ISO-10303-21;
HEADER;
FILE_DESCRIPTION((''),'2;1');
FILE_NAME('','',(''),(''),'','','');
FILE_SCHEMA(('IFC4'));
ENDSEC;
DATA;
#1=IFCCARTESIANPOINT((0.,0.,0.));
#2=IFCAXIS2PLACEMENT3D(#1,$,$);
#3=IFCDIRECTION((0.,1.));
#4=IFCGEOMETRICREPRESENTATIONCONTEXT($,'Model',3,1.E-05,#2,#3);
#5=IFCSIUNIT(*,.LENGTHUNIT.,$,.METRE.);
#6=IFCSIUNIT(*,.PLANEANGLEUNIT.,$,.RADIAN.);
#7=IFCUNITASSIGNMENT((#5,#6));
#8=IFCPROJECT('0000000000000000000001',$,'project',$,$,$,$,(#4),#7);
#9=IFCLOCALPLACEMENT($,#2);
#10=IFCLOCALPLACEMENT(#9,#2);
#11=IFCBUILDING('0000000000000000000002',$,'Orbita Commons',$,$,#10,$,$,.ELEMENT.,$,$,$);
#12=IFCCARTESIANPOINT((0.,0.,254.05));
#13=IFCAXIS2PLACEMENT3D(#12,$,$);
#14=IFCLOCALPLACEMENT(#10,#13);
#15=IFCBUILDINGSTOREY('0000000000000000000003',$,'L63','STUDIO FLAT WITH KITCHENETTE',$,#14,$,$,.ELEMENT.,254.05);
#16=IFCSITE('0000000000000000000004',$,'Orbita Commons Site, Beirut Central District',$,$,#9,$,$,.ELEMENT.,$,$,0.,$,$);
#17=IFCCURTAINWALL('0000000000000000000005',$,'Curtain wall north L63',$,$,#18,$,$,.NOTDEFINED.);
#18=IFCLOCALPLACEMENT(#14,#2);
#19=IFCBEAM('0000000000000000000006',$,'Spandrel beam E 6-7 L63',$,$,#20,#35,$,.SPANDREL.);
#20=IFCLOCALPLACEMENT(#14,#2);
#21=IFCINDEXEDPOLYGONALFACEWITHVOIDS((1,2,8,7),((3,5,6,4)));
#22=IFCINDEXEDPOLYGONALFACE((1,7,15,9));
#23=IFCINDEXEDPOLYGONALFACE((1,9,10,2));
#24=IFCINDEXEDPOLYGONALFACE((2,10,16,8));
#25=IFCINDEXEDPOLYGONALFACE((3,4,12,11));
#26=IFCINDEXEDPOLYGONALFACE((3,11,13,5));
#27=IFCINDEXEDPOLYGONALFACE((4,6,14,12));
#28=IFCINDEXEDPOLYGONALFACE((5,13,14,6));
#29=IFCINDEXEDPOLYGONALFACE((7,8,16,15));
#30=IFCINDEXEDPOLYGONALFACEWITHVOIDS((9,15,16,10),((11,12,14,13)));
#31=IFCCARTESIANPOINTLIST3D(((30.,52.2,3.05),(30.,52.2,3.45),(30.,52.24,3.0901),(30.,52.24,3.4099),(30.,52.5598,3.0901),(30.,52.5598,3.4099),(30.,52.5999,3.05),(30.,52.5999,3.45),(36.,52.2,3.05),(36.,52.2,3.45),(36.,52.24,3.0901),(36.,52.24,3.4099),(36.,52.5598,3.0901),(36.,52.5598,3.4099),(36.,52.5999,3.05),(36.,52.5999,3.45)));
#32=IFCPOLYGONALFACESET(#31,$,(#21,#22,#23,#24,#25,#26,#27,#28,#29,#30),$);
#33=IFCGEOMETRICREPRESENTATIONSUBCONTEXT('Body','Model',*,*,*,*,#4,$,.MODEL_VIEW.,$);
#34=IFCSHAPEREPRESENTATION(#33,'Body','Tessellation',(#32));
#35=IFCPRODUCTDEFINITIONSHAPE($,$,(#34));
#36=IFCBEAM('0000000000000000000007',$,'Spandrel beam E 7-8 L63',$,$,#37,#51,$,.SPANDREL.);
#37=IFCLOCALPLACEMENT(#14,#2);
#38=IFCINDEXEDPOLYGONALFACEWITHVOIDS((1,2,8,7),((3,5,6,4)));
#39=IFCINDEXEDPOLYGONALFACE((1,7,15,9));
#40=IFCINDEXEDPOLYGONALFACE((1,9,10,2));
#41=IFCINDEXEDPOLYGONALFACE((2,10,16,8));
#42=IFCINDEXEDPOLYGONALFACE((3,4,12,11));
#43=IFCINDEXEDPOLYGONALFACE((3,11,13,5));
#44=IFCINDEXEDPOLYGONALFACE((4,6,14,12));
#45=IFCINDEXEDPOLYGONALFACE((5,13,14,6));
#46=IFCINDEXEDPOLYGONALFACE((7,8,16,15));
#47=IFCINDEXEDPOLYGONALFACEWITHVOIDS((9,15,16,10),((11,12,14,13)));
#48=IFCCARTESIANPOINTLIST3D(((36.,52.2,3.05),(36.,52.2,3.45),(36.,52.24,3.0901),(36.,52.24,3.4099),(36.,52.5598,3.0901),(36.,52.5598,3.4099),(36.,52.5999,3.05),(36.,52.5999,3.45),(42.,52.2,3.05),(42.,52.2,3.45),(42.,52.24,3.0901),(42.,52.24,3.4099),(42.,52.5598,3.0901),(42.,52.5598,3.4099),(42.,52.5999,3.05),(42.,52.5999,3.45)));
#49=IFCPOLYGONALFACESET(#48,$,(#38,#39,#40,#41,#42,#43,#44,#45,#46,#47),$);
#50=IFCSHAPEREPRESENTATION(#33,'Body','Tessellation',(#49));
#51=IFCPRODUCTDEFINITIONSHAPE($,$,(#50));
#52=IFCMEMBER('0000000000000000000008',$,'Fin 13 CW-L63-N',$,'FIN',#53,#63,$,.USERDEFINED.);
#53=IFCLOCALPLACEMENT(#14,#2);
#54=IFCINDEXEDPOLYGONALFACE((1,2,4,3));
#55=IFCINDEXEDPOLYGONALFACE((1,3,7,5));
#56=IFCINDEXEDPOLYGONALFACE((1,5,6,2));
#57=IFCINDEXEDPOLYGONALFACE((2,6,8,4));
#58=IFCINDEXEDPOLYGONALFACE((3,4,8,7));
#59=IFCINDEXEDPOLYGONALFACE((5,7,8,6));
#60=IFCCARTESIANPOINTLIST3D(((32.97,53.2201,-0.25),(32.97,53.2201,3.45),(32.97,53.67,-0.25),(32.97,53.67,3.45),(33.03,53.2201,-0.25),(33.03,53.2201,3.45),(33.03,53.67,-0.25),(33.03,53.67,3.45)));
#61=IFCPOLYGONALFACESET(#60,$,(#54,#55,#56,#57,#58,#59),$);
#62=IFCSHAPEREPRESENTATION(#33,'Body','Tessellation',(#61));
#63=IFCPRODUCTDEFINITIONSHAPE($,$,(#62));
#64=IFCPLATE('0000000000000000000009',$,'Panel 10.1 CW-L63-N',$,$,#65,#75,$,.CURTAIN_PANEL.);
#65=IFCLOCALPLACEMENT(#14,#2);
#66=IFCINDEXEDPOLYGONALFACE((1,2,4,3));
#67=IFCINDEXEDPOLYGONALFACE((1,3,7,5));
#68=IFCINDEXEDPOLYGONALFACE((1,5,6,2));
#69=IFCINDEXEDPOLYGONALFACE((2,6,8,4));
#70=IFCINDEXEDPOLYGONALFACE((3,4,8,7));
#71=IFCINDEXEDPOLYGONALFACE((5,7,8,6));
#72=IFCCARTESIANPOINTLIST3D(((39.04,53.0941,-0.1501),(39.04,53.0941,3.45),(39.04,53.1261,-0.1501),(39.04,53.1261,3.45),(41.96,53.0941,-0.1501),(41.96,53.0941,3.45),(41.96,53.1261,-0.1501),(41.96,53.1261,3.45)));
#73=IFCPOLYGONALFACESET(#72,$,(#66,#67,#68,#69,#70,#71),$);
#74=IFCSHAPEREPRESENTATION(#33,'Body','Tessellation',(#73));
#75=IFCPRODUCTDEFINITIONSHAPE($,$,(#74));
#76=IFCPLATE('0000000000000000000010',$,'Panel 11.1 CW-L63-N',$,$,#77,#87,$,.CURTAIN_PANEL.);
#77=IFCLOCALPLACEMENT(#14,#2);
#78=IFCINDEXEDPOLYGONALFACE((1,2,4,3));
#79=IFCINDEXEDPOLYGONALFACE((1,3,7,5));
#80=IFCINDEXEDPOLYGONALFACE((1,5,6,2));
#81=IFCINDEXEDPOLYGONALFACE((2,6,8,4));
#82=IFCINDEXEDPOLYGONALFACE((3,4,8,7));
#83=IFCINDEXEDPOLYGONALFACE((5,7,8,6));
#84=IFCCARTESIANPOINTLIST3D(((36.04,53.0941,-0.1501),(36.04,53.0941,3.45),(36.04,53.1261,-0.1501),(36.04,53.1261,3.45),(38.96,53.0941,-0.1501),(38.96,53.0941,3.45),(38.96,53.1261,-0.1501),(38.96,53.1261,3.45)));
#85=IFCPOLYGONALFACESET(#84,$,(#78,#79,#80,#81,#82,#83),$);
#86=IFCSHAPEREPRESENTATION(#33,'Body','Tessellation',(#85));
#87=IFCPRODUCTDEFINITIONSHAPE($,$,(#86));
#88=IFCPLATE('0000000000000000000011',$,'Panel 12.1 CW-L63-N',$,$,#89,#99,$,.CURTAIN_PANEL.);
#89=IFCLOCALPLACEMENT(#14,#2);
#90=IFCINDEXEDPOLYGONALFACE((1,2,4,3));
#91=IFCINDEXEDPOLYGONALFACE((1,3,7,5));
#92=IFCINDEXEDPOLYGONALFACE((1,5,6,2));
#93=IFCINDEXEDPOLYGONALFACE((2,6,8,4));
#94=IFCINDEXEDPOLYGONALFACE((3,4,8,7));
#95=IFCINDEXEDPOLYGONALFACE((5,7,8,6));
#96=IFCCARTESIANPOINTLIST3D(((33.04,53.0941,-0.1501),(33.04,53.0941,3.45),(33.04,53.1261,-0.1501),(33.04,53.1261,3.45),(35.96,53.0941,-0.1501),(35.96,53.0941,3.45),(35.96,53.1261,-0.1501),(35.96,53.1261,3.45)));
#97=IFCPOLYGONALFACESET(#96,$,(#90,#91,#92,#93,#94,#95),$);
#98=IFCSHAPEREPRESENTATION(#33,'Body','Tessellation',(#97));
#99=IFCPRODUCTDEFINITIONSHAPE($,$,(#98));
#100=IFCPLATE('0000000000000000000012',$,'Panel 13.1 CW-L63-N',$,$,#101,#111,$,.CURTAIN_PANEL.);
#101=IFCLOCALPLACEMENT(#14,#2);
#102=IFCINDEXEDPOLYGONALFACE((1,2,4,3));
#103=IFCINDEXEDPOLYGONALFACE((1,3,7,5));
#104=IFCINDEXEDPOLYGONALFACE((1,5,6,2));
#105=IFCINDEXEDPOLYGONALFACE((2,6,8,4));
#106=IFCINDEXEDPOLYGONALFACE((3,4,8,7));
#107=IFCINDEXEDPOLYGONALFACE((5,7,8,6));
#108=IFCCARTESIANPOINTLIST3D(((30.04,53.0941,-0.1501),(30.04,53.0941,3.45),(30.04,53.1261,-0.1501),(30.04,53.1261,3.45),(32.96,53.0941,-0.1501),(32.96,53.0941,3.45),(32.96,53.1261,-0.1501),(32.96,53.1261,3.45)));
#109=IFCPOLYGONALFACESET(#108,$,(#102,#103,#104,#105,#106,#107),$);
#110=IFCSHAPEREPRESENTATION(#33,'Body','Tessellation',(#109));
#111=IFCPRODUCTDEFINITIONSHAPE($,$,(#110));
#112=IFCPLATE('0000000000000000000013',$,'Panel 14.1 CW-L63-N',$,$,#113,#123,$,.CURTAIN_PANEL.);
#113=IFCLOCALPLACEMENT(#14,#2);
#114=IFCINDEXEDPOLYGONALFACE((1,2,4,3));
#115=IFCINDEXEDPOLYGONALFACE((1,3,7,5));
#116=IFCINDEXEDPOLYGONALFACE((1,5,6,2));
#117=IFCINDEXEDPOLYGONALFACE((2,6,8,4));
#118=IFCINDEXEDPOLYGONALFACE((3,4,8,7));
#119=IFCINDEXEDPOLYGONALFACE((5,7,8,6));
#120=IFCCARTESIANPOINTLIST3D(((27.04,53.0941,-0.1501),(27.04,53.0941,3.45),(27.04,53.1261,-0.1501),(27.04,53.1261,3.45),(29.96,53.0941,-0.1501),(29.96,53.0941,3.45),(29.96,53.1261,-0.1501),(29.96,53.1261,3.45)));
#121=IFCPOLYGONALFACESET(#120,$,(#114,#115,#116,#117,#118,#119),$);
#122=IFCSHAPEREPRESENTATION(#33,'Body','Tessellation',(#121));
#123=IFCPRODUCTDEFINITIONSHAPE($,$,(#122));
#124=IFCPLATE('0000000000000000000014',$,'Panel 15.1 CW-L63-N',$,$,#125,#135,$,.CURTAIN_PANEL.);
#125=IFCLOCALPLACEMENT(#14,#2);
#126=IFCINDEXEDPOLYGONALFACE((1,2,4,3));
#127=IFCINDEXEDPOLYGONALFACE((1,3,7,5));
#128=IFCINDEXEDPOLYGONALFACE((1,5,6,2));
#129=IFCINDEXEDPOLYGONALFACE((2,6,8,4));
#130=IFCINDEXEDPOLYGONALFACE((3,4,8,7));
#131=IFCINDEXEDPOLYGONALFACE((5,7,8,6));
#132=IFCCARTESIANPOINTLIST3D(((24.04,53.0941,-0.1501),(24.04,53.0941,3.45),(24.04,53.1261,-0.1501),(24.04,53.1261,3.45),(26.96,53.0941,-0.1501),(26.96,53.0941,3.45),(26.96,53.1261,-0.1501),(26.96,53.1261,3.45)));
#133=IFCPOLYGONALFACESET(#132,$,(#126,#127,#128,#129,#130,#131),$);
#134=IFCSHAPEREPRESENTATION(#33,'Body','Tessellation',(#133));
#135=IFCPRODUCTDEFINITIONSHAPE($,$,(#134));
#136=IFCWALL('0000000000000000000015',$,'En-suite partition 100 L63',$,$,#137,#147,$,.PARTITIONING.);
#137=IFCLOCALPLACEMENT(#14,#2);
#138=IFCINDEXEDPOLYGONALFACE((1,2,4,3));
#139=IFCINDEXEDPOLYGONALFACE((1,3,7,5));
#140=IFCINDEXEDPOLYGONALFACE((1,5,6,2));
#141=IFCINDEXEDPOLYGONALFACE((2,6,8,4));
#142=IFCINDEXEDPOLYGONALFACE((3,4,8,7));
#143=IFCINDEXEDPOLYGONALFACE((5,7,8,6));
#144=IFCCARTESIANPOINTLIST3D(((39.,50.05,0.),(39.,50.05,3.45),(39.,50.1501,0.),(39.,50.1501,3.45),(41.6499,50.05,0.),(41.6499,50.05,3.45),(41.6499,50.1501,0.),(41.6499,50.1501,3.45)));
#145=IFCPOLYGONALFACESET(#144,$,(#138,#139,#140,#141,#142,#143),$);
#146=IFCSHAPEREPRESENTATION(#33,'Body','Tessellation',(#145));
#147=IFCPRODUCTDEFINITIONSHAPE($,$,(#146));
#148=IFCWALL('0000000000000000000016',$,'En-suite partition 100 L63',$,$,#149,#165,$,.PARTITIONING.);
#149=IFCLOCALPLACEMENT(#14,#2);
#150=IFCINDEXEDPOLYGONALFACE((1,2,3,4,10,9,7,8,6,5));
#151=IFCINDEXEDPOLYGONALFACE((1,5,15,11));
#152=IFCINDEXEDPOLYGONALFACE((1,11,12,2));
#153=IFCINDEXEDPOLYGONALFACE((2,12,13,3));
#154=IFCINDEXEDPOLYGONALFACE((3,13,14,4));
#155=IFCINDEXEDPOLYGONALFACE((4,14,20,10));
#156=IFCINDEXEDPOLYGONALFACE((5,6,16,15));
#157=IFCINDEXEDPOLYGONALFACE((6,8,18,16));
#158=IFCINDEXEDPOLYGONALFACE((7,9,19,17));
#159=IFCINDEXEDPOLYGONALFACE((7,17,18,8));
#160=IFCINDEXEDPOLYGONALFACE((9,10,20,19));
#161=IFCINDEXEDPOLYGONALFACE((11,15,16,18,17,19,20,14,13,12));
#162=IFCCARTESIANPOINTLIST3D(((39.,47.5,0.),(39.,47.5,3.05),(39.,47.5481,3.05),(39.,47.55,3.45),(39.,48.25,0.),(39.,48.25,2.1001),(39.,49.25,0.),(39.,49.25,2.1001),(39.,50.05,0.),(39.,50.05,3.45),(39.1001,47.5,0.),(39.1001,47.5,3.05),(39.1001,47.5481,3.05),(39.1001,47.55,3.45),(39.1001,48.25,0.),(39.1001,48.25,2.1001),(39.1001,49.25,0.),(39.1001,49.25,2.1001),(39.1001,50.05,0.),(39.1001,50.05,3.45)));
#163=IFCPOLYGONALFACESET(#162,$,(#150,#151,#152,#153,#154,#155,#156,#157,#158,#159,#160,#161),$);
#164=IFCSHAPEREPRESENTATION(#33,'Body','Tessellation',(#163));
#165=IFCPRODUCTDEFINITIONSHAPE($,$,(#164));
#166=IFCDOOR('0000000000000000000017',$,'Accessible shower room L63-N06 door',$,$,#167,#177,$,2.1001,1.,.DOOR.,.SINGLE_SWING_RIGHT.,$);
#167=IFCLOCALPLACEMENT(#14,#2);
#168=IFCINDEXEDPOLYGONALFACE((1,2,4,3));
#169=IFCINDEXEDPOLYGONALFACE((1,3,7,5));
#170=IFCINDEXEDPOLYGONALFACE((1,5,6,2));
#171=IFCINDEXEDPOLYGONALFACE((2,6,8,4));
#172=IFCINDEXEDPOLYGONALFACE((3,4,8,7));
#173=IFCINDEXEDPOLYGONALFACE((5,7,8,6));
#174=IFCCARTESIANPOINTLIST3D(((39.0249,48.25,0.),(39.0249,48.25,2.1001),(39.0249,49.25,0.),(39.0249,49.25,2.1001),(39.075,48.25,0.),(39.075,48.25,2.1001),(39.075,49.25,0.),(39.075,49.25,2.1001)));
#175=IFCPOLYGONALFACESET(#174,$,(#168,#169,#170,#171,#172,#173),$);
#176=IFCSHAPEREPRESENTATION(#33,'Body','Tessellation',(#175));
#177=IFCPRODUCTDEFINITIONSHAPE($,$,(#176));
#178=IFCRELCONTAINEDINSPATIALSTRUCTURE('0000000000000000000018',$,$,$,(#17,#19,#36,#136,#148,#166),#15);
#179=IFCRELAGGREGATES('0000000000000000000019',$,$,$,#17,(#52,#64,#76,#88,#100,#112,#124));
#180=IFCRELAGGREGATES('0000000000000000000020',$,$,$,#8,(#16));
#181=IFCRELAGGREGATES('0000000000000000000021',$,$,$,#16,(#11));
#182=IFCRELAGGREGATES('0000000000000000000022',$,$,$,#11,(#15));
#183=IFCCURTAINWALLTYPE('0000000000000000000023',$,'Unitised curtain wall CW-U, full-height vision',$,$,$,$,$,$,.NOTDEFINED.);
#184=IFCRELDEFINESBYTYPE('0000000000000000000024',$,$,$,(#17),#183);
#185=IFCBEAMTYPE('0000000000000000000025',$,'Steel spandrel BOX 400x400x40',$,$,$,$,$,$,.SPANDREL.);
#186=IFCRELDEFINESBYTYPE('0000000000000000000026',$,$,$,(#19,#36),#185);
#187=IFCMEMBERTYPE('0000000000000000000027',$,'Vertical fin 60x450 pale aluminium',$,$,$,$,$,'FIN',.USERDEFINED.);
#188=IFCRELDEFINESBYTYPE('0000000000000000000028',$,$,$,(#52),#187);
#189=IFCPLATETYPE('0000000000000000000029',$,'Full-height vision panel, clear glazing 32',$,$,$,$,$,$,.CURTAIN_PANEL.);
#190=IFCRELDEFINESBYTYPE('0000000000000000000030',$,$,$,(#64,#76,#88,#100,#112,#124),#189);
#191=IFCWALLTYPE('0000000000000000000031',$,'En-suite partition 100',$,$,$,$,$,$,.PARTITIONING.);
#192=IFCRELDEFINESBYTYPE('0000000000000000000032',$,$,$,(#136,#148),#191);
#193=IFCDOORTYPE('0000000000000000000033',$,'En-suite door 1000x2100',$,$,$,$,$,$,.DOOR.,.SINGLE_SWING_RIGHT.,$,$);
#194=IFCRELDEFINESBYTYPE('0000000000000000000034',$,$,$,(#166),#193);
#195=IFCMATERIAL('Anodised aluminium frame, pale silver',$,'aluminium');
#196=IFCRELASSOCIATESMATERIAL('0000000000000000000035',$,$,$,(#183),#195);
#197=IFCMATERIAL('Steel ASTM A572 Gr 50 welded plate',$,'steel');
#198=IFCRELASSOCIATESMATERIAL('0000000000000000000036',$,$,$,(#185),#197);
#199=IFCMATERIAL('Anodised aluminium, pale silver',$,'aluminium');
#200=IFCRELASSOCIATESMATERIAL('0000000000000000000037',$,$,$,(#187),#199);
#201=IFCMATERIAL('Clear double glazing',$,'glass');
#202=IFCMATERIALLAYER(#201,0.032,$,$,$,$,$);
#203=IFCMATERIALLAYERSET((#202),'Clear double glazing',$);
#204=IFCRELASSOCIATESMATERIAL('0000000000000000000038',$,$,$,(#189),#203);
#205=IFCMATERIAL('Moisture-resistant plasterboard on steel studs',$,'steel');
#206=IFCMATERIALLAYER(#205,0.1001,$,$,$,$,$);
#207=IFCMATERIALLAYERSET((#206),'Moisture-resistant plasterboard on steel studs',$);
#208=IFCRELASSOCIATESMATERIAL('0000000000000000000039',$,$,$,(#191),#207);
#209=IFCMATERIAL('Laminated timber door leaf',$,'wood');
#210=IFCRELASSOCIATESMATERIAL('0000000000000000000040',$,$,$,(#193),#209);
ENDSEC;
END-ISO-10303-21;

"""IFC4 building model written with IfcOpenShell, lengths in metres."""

from ifc_helpers import new_model, si_unit, direction, frame, frame_2d, origin, origin_2d, place, context, subcontext, project, spatial, polyline, rectangle, hollow_rectangle, outline, extrude, material, layer, layer_set, material_profile, profile_set, type_object, element, fill, aggregate, save


model = new_model("IFC4")

# Units and contexts
model_context = context("Model", 3, precision=1e-05, world=origin(), true_north=direction((0.0, 1.0)))
body_context = subcontext(model_context, "Body", "Model", "MODEL_VIEW")
ifc_project = project(units=[si_unit("LENGTHUNIT", "METRE"), si_unit("PLANEANGLEUNIT", "RADIAN")], contexts=[model_context])

# Site, building, storey
site_placement = place(None, origin())
site = spatial("IfcSite", under=ifc_project, at=site_placement, Name="Orbita Commons Site, Beirut Central District", CompositionType="ELEMENT", RefElevation=0.0)
building_placement = place(site_placement, origin())
building = spatial("IfcBuilding", under=site, at=building_placement, Name="Orbita Commons", CompositionType="ELEMENT")
storey_placement = place(building_placement, frame((0.0, 0.0, 254.05)))
storey = spatial("IfcBuildingStorey", under=building, at=storey_placement, Name="L63", Description="STUDIO FLAT WITH KITCHENETTE", CompositionType="ELEMENT", Elevation=254.05)

# Curtain wall
ifc_material_1 = material(Name="Anodised aluminium frame, pale silver", Category="aluminium")
curtain_wall_type = type_object("IfcCurtainWallType", Name="Unitised curtain wall CW-U, full-height vision", PredefinedType="NOTDEFINED", material=ifc_material_1)
curtain_wall_placement = place(storey_placement, origin())
curtain_wall = element("IfcCurtainWall", 1, at=curtain_wall_placement, inside=storey, type_object=curtain_wall_type, Name="Curtain wall north L63", PredefinedType="NOTDEFINED")

# Beams
ifc_material_2 = material(Name="Steel ASTM A572 Gr 50 welded plate", Category="steel")
ifc_material_profile_1 = material_profile(ifc_material_2, hollow_rectangle(XDim=0.3999, YDim=0.3999, WallThickness=0.04, at=origin_2d()), Name="BOX 400x400x40")
ifc_profile_set_1 = profile_set([ifc_material_profile_1], Name="Steel ASTM A572 Gr 50 welded plate")
beam_type = type_object("IfcBeamType", Name="Steel spandrel BOX 400x400x40", PredefinedType="SPANDREL", material=ifc_profile_set_1)
for number, where, z_axis, x_axis, name in (
    (2, (30.0, 52.3999, 3.25), (1.0, 0.0, 0.0), (0.0, 1.0, 0.0), "Spandrel beam E 6-7 L63"),
    (3, (36.0, 52.3999, 3.25), (1.0, 0.0, 0.0), (0.0, 1.0, 0.0), "Spandrel beam E 7-8 L63"),
):
    element("IfcBeam", number, at=place(storey_placement, frame(where, z_axis=z_axis, x_axis=x_axis)), inside=storey, type_object=beam_type, Name=name, PredefinedType="SPANDREL", context=body_context, shape_type="SweptSolid", body=[
        extrude(hollow_rectangle(XDim=0.3999, YDim=0.3999, WallThickness=0.04, at=origin_2d()), origin(), (0.0, 0.0, 1.0), 6.0),
    ])

# Member
ifc_material_3 = material(Name="Anodised aluminium, pale silver", Category="aluminium")
ifc_material_profile_2 = material_profile(ifc_material_3, rectangle(XDim=0.0601, YDim=0.45, at=origin_2d()), Name="FIN 60x450")
ifc_profile_set_2 = profile_set([ifc_material_profile_2], Name="Anodised aluminium, pale silver")
member_type_1 = type_object("IfcMemberType", Name="Vertical fin 60x450 pale aluminium", ElementType="FIN", PredefinedType="USERDEFINED", material=ifc_profile_set_2)
member_1_placement = place(storey_placement, frame((33.0, 53.4451, -0.25), z_axis=(0.0, 0.0, 1.0), x_axis=(-1.0, 0.0, 0.0)))
member_1 = element("IfcMember", 4, at=member_1_placement, type_object=member_type_1, Name="Fin 13 CW-L63-N", ObjectType="FIN", PredefinedType="USERDEFINED", context=body_context, shape_type="SweptSolid", body=[
    extrude(rectangle(XDim=0.0601, YDim=0.45, at=origin_2d()), origin(), (0.0, 0.0, 1.0), 3.7),
])

# Plates
ifc_material_4 = material(Name="Clear double glazing", Category="glass")
ifc_layer_1 = layer(ifc_material_4, 0.032)
ifc_layer_set_1 = layer_set([ifc_layer_1], Name="Clear double glazing")
plate_type = type_object("IfcPlateType", Name="Full-height vision panel, clear glazing 32", PredefinedType="CURTAIN_PANEL", material=ifc_layer_set_1)
plate_1_placement = place(storey_placement, frame((40.5, 53.1101, -0.1501), z_axis=(0.0, 0.0, 1.0), x_axis=(-1.0, 0.0, 0.0)))
plate_1 = element("IfcPlate", 5, at=plate_1_placement, type_object=plate_type, Name="Panel 10.1 CW-L63-N", PredefinedType="CURTAIN_PANEL", context=body_context, shape_type="SweptSolid", body=[
    extrude(rectangle(XDim=2.9199, YDim=0.032, at=origin_2d()), origin(), (0.0, 0.0, 1.0), 3.6001),
])
plate_2_placement = place(storey_placement, frame((37.5, 53.1101, -0.1501), z_axis=(0.0, 0.0, 1.0), x_axis=(-1.0, 0.0, 0.0)))
plate_2 = element("IfcPlate", 6, at=plate_2_placement, type_object=plate_type, Name="Panel 11.1 CW-L63-N", PredefinedType="CURTAIN_PANEL", context=body_context, shape_type="SweptSolid", body=[
    extrude(rectangle(XDim=2.9199, YDim=0.032, at=origin_2d()), origin(), (0.0, 0.0, 1.0), 3.6001),
])
plate_3_placement = place(storey_placement, frame((34.5, 53.1101, -0.1501), z_axis=(0.0, 0.0, 1.0), x_axis=(-1.0, 0.0, 0.0)))
plate_3 = element("IfcPlate", 7, at=plate_3_placement, type_object=plate_type, Name="Panel 12.1 CW-L63-N", PredefinedType="CURTAIN_PANEL", context=body_context, shape_type="SweptSolid", body=[
    extrude(rectangle(XDim=2.9199, YDim=0.032, at=origin_2d()), origin(), (0.0, 0.0, 1.0), 3.6001),
])
plate_4_placement = place(storey_placement, frame((31.5, 53.1101, -0.1501), z_axis=(0.0, 0.0, 1.0), x_axis=(-1.0, 0.0, 0.0)))
plate_4 = element("IfcPlate", 8, at=plate_4_placement, type_object=plate_type, Name="Panel 13.1 CW-L63-N", PredefinedType="CURTAIN_PANEL", context=body_context, shape_type="SweptSolid", body=[
    extrude(rectangle(XDim=2.9199, YDim=0.032, at=origin_2d()), origin(), (0.0, 0.0, 1.0), 3.6001),
])
plate_5_placement = place(storey_placement, frame((28.5, 53.1101, -0.1501), z_axis=(0.0, 0.0, 1.0), x_axis=(-1.0, 0.0, 0.0)))
plate_5 = element("IfcPlate", 9, at=plate_5_placement, type_object=plate_type, Name="Panel 14.1 CW-L63-N", PredefinedType="CURTAIN_PANEL", context=body_context, shape_type="SweptSolid", body=[
    extrude(rectangle(XDim=2.9199, YDim=0.032, at=origin_2d()), origin(), (0.0, 0.0, 1.0), 3.6001),
])
plate_6_placement = place(storey_placement, frame((25.5, 53.1101, -0.1501), z_axis=(0.0, 0.0, 1.0), x_axis=(-1.0, 0.0, 0.0)))
plate_6 = element("IfcPlate", 10, at=plate_6_placement, type_object=plate_type, Name="Panel 15.1 CW-L63-N", PredefinedType="CURTAIN_PANEL", context=body_context, shape_type="SweptSolid", body=[
    extrude(rectangle(XDim=2.9199, YDim=0.032, at=origin_2d()), origin(), (0.0, 0.0, 1.0), 3.6001),
])
aggregate(curtain_wall, [member_1, plate_1, plate_2, plate_3, plate_4, plate_5, plate_6])

# Wall
ifc_material_5 = material(Name="Moisture-resistant plasterboard on steel studs", Category="steel")
ifc_layer_2 = layer(ifc_material_5, 0.1001)
ifc_layer_set_2 = layer_set([ifc_layer_2], Name="Moisture-resistant plasterboard on steel studs")
wall_type_1 = type_object("IfcWallType", Name="En-suite partition 100", PredefinedType="PARTITIONING", material=ifc_layer_set_2)
wall_1_placement = place(storey_placement, frame((39.0, 50.1001, 0.0), z_axis=(0.0, 0.0, 1.0), x_axis=(1.0, 0.0, 0.0)))
element("IfcWall", 11, at=wall_1_placement, inside=storey, type_object=wall_type_1, Name="En-suite partition 100 L63", PredefinedType="PARTITIONING", context=body_context, shape_type="SweptSolid", body=[
    extrude(rectangle(XDim=2.6499, YDim=0.1001, at=frame_2d((1.325, 0.0))), origin(), (0.0, 0.0, 1.0), 3.45),
])

# Wall, opening, door
wall_2_placement = place(storey_placement, frame((39.05, 50.05, 0.0), z_axis=(0.0, 0.0, 1.0), x_axis=(0.0, -1.0, 0.0)))
wall_2 = element("IfcWall", 12, at=wall_2_placement, inside=storey, type_object=wall_type_1, Name="En-suite partition 100 L63", PredefinedType="PARTITIONING", context=body_context, shape_type="SweptSolid", body=[
    extrude(outline(polyline([(0.0, 0.0), (2.55, 0.0), (2.55, 3.05), (2.502, 3.05), (2.5, 3.45), (0.0, 3.45), (0.0, 0.0)])), frame((0.0, 0.05, 0.0), z_axis=(0.0, -1.0, 0.0), x_axis=(1.0, 0.0, 0.0)), (0.0, 0.0, 1.0), 0.1001),
])
opening_placement = place(wall_2_placement, frame((0.8, 0.0, 0.0)))
opening = element("IfcOpeningElement", 13, at=opening_placement, cuts=wall_2, PredefinedType="OPENING", context=body_context, shape_type="SweptSolid", body=[
    extrude(rectangle(XDim=1.0, YDim=2.1001, at=frame_2d((0.5, 1.05))), frame((0.0, 0.0601, 0.0), z_axis=(0.0, -1.0, 0.0), x_axis=(1.0, 0.0, 0.0)), (0.0, 0.0, 1.0), 0.1201),
])
ifc_material_6 = material(Name="Laminated timber door leaf", Category="wood")
door_type = type_object("IfcDoorType", Name="En-suite door 1000x2100", OperationType="SINGLE_SWING_RIGHT", PredefinedType="DOOR", material=ifc_material_6)
door_placement = place(opening_placement, origin())
door = element("IfcDoor", 14, at=door_placement, inside=storey, type_object=door_type, Name="Accessible shower room L63-N06 door", OperationType="SINGLE_SWING_RIGHT", OverallHeight=2.1001, OverallWidth=1.0, PredefinedType="DOOR", context=body_context, shape_type="SweptSolid", body=[
    extrude(rectangle(XDim=1.0, YDim=2.1001, at=frame_2d((0.5, 1.05))), frame((0.0, 0.0249, 0.0), z_axis=(0.0, -1.0, 0.0), x_axis=(1.0, 0.0, 0.0)), (0.0, 0.0, 1.0), 0.05),
])
fill(opening, door)

save(model, "model.ifc")
